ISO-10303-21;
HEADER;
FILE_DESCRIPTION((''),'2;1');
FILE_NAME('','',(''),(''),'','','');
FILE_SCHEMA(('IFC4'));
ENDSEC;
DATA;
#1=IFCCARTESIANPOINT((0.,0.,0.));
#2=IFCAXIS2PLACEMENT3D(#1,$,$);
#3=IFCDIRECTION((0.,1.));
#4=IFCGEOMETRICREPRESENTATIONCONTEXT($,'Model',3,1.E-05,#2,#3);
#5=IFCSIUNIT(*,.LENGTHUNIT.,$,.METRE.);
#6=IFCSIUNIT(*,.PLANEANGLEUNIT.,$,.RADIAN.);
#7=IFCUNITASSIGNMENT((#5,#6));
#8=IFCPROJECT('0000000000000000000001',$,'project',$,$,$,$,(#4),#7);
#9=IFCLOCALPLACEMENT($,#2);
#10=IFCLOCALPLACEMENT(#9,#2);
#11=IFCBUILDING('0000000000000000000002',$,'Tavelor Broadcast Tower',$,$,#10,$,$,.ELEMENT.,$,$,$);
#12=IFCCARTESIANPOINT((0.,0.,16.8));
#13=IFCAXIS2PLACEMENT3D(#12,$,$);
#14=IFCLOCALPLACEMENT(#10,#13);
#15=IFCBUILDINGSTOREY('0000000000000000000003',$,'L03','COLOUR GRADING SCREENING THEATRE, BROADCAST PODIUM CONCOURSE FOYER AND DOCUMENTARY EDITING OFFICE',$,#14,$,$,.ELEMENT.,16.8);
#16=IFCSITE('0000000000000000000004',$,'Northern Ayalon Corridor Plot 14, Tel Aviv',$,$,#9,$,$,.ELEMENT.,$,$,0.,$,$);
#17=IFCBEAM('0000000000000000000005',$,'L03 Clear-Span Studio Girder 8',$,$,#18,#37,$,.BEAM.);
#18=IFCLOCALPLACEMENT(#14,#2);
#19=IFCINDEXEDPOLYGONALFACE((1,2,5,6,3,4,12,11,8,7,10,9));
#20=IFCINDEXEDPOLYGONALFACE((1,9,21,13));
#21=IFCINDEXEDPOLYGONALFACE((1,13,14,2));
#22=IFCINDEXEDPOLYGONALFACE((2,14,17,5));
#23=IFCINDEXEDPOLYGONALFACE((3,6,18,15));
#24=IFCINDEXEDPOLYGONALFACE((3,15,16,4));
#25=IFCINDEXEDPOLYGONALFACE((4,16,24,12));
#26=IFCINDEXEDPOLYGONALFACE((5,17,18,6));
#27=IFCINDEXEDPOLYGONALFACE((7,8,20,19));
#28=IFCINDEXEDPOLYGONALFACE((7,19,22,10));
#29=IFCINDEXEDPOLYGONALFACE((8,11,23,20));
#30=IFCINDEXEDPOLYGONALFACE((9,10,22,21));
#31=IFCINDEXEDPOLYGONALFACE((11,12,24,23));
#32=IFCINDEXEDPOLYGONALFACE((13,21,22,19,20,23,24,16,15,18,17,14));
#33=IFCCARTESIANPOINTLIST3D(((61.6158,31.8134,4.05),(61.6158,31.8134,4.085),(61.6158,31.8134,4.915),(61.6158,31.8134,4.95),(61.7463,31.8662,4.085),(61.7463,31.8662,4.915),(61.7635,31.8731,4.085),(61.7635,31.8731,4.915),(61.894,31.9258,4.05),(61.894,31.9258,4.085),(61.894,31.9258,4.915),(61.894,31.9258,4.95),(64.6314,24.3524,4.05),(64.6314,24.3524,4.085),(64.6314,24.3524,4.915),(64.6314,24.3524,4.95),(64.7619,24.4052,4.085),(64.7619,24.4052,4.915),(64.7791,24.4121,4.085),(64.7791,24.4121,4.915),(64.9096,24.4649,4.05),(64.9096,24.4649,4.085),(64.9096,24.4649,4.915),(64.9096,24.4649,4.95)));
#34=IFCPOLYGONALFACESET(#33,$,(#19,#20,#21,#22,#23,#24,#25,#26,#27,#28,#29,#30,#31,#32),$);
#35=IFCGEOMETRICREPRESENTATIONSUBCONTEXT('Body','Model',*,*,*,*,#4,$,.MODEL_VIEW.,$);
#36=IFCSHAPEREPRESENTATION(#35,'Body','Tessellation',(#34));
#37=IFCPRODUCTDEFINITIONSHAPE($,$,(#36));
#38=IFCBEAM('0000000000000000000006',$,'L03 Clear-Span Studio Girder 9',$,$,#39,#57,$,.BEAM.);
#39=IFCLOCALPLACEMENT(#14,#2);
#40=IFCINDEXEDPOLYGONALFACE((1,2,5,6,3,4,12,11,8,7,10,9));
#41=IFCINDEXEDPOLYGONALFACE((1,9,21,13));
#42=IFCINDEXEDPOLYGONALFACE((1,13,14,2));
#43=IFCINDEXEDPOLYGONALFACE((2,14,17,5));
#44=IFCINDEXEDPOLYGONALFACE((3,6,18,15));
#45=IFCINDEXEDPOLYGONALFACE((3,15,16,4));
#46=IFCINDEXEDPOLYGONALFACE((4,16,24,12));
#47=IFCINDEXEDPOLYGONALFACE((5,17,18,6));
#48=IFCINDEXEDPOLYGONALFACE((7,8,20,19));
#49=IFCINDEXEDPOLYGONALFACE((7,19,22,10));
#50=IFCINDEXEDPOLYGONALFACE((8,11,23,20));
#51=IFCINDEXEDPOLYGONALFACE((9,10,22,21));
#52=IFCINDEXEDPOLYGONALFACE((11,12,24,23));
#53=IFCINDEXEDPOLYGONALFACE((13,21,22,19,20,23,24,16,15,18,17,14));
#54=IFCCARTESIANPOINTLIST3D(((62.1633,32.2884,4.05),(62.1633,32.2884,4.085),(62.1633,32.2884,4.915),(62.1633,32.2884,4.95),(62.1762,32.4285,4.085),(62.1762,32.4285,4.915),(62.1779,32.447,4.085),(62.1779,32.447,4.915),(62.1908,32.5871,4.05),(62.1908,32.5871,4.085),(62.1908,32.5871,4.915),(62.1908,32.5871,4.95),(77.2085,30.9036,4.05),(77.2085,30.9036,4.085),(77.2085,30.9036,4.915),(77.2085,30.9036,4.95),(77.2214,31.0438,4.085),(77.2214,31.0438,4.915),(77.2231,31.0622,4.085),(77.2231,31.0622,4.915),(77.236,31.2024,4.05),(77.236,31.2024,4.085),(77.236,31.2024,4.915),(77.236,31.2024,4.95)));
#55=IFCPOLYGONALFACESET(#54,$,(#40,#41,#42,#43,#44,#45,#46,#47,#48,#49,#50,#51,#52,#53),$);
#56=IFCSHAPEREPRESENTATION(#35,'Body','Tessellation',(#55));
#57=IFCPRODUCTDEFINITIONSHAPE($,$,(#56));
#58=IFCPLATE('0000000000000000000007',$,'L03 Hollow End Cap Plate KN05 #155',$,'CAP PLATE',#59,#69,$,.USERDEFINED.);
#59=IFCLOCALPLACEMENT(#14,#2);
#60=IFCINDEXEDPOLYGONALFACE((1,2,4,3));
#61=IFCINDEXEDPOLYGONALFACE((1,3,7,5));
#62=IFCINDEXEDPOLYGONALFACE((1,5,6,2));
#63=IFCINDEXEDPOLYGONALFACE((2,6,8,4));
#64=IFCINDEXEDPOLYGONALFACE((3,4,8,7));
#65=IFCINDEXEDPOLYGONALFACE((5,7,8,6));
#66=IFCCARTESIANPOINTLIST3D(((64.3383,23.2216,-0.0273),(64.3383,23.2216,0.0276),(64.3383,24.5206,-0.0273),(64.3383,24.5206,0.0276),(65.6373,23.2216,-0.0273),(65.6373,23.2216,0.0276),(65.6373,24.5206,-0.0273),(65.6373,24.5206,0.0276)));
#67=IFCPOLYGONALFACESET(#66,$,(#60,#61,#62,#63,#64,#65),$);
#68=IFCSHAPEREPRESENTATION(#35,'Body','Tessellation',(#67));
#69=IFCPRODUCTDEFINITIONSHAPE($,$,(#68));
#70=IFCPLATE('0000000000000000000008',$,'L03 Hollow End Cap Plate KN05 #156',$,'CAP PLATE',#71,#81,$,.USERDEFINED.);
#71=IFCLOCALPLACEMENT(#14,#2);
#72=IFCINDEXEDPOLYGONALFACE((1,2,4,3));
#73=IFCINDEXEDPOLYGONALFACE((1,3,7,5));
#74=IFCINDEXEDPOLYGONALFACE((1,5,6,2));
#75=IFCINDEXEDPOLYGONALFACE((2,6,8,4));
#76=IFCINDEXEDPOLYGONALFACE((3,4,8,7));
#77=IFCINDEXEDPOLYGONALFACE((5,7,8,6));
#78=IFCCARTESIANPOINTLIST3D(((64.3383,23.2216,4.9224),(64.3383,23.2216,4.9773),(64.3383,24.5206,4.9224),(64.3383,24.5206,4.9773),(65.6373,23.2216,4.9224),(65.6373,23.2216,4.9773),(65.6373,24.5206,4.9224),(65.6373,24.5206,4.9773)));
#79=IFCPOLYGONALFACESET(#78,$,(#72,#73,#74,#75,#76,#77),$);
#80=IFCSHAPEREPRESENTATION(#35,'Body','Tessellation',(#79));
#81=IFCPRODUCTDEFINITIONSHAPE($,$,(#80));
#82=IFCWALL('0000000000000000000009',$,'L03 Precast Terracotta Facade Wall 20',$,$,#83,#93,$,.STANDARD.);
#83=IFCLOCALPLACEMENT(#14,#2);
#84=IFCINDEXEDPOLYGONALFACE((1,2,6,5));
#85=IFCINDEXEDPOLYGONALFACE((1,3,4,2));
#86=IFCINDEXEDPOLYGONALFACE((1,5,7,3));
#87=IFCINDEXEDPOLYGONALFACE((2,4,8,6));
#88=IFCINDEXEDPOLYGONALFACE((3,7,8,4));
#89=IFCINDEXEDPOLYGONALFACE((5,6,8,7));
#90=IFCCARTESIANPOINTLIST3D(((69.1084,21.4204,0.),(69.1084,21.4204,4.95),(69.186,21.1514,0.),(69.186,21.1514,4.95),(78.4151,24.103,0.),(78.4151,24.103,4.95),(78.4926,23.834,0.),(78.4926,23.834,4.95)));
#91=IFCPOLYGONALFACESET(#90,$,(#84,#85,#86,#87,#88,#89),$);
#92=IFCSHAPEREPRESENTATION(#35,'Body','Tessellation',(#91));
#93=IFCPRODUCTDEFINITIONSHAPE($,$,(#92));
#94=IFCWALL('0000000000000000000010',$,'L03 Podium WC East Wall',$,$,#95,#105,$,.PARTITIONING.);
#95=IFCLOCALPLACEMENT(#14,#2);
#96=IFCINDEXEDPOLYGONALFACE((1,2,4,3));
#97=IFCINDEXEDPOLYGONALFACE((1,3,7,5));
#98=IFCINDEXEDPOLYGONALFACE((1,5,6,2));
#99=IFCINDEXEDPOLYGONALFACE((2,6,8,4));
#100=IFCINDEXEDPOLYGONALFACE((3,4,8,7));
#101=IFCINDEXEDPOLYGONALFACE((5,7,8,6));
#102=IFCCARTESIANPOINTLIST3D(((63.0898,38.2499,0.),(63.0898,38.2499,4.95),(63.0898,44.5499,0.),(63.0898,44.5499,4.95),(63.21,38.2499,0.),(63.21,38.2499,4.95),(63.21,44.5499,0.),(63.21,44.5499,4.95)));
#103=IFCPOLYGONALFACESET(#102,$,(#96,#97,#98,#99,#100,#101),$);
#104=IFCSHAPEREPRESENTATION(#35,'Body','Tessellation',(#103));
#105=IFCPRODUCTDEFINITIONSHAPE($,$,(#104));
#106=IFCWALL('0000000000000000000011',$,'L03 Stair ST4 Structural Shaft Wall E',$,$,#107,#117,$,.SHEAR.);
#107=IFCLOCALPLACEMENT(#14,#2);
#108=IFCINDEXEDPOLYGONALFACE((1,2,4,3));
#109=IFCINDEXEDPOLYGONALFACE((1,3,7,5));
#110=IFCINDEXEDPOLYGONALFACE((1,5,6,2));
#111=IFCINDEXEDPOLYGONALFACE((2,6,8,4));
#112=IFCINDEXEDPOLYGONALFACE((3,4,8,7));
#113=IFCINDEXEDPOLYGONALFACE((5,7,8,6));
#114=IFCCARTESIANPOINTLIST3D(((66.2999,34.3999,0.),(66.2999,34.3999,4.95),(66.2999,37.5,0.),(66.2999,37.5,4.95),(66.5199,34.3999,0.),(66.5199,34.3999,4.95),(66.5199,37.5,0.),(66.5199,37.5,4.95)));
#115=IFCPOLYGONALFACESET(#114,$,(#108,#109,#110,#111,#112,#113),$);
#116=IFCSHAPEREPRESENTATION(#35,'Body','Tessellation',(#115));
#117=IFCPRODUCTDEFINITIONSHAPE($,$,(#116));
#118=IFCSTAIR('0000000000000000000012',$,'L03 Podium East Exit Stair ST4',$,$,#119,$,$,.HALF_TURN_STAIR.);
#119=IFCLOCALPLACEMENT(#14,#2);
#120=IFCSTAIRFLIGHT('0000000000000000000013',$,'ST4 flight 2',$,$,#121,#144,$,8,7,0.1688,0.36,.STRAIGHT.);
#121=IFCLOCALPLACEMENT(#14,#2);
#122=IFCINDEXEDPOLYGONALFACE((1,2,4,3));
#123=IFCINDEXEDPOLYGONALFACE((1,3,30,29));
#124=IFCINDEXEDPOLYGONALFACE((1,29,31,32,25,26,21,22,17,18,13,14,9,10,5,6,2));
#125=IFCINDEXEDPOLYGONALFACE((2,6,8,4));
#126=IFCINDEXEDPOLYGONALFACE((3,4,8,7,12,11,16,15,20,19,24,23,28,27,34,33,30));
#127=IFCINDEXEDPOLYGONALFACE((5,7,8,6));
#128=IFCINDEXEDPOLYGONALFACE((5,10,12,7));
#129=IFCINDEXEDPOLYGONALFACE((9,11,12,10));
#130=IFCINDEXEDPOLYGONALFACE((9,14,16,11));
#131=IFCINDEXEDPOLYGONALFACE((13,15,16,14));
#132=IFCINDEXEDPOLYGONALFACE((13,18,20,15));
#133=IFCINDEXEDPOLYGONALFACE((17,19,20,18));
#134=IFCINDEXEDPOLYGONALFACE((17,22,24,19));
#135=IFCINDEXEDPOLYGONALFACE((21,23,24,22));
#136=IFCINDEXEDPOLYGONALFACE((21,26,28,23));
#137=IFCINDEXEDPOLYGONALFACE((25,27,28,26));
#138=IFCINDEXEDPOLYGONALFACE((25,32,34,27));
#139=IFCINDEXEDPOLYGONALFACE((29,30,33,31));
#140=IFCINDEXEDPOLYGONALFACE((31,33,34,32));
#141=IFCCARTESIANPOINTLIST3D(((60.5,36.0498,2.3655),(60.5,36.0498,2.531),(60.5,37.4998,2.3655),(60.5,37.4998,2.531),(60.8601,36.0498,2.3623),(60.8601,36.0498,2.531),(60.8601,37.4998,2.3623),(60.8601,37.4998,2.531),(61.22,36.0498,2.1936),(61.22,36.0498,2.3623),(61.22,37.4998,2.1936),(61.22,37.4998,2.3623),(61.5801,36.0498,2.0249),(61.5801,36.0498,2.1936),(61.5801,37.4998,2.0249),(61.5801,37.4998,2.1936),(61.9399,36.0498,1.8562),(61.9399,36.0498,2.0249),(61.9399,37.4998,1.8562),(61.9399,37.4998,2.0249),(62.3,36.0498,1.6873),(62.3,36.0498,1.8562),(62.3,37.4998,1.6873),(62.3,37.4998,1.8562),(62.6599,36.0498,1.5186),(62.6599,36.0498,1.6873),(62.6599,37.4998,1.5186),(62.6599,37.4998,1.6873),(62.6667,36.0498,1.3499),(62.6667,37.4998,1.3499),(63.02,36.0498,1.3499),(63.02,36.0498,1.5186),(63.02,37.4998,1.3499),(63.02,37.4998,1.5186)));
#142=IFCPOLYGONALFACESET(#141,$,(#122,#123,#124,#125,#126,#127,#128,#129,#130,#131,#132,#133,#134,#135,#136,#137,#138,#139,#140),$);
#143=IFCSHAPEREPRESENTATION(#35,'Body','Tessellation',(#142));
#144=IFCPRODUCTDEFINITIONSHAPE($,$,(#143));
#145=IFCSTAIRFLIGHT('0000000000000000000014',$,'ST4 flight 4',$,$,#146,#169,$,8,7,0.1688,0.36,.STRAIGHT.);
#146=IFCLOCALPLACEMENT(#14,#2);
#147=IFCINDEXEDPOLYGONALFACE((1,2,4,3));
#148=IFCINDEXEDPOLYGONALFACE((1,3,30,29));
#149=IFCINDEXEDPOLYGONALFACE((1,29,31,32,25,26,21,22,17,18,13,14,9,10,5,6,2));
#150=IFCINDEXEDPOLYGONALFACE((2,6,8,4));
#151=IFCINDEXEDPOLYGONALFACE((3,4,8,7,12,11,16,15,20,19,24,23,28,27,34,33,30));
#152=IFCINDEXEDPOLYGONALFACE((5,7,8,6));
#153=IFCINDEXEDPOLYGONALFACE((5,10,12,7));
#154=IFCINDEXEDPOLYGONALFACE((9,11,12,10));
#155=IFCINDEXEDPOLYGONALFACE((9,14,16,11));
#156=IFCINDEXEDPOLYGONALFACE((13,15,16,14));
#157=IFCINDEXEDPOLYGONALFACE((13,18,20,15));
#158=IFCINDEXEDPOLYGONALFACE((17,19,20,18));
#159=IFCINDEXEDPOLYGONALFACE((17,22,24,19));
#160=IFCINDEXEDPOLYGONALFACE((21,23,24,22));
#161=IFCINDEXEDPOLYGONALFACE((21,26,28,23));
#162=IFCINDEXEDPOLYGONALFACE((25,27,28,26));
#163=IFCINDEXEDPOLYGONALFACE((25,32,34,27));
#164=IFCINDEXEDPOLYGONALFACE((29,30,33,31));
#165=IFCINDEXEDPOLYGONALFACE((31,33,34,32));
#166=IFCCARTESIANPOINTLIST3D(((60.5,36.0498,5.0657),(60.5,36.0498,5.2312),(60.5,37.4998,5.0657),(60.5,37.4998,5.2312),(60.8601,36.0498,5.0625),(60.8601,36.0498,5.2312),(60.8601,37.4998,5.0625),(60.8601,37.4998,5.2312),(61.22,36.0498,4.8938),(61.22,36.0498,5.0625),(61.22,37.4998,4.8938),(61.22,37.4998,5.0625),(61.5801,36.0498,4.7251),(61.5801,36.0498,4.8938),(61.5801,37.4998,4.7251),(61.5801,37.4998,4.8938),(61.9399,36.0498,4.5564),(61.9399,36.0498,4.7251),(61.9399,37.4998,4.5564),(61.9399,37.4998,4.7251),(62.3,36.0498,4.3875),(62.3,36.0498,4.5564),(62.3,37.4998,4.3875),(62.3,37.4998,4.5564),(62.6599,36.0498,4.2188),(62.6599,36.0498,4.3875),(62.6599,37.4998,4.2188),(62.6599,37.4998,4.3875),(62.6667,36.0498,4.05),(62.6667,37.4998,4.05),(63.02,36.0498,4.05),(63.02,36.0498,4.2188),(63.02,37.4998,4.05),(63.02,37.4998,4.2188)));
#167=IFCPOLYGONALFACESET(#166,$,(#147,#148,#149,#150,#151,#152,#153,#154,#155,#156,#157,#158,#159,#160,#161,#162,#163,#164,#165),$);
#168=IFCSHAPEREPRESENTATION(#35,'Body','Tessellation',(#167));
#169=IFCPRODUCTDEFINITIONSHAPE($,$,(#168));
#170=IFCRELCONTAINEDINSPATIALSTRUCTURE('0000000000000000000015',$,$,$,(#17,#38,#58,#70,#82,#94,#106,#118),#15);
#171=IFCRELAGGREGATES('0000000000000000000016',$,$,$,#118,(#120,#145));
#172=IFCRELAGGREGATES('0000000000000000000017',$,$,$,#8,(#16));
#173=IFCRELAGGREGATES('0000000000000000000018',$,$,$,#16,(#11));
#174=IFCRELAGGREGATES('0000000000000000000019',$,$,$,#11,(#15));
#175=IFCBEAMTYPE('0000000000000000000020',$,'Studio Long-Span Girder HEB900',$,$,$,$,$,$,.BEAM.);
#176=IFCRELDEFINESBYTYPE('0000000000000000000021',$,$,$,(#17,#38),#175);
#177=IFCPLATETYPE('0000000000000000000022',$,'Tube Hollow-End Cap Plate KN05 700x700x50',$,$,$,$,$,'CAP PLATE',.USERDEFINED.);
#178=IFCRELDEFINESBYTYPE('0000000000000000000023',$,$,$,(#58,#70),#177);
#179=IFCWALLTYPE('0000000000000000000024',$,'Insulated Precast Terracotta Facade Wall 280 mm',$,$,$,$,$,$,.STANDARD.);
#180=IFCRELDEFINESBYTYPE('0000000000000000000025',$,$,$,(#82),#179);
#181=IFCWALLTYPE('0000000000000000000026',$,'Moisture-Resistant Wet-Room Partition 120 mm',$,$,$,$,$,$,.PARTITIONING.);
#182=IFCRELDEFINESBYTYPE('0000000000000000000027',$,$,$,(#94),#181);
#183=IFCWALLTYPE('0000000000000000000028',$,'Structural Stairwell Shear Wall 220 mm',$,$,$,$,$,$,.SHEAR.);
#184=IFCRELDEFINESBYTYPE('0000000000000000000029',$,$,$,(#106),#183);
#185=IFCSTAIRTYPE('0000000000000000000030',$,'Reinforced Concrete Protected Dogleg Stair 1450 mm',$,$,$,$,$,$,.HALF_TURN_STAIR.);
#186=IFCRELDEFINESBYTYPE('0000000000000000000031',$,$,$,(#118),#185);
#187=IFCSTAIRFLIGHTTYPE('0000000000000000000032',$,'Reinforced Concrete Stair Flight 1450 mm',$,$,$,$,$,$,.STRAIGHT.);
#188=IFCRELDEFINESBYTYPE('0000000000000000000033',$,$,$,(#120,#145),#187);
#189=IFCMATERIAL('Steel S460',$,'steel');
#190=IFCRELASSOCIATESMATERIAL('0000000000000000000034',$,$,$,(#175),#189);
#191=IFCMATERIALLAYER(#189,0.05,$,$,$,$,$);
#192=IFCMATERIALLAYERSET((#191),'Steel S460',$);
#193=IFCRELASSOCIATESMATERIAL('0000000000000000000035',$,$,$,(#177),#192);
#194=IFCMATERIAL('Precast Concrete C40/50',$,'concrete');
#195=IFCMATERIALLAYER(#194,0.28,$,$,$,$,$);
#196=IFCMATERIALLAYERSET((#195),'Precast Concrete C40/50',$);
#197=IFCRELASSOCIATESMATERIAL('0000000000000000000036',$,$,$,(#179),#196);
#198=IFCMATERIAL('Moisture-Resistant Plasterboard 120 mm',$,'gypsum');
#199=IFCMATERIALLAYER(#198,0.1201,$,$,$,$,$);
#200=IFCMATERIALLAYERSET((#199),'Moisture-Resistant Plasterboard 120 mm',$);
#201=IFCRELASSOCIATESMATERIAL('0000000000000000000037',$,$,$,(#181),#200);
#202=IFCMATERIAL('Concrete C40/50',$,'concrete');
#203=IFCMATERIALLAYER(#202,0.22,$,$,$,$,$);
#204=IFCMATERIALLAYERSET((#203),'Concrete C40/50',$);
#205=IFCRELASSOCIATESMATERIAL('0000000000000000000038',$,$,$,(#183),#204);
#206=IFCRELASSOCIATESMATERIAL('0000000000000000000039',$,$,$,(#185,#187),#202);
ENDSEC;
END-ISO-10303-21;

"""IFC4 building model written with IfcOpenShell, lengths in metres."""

from ifc_helpers import new_model, si_unit, direction, frame, frame_2d, origin, origin_2d, place, context, subcontext, project, spatial, polyline, rectangle, i_section, outline, extrude, source, transform, mapped, material, layer, layer_set, material_profile, profile_set, type_object, type_shapes, element, aggregate, save


model = new_model("IFC4")

# Units and contexts
model_context = context("Model", 3, precision=1e-05, world=origin(), true_north=direction((0.0, 1.0)))
body_context = subcontext(model_context, "Body", "Model", "MODEL_VIEW")
ifc_project = project(units=[si_unit("LENGTHUNIT", "METRE"), si_unit("PLANEANGLEUNIT", "RADIAN")], contexts=[model_context])

# Site, building, storey
site_placement = place(None, origin())
site = spatial("IfcSite", under=ifc_project, at=site_placement, Name="Northern Ayalon Corridor Plot 14, Tel Aviv", CompositionType="ELEMENT", RefElevation=0.0)
building_placement = place(site_placement, origin())
building = spatial("IfcBuilding", under=site, at=building_placement, Name="Tavelor Broadcast Tower", CompositionType="ELEMENT")
storey_placement = place(building_placement, frame((0.0, 0.0, 16.8)))
storey = spatial("IfcBuildingStorey", under=building, at=storey_placement, Name="L03", Description="COLOUR GRADING SCREENING THEATRE, BROADCAST PODIUM CONCOURSE FOYER AND DOCUMENTARY EDITING OFFICE", CompositionType="ELEMENT", Elevation=16.8)

# Shared definitions
ifc_material_1 = material(Name="Steel S460", Category="steel")

# Beams
ifc_material_profile_1 = material_profile(ifc_material_1, i_section(OverallWidth=0.3, OverallDepth=0.8999, WebThickness=0.0186, FlangeThickness=0.0349, at=origin_2d()), Name="HEB 900")
ifc_profile_set_1 = profile_set([ifc_material_profile_1], Name="Steel S460")
beam_type_1 = type_object("IfcBeamType", Name="Studio Long-Span Girder HEB900", PredefinedType="BEAM", material=ifc_profile_set_1)
beam_1_placement = place(storey_placement, frame((61.7549, 31.8696, 4.5), z_axis=(0.374736, -0.927132, 0.0), x_axis=(0.927132, 0.374736, 0.0)))
element("IfcBeam", 1, at=beam_1_placement, inside=storey, type_object=beam_type_1, Name="L03 Clear-Span Studio Girder 8", PredefinedType="BEAM", context=body_context, shape_type="SweptSolid", body=[
    extrude(i_section(OverallWidth=0.3, OverallDepth=0.8999, WebThickness=0.0186, FlangeThickness=0.0349, at=origin_2d()), origin(), (0.0, 0.0, 1.0), 8.0474),
])
beam_2_placement = place(storey_placement, frame((62.177, 32.4377, 4.5), z_axis=(0.995791, -0.091652, 0.0), x_axis=(0.091652, 0.995791, 0.0)))
element("IfcBeam", 2, at=beam_2_placement, inside=storey, type_object=beam_type_1, Name="L03 Clear-Span Studio Girder 9", PredefinedType="BEAM", context=body_context, shape_type="SweptSolid", body=[
    extrude(i_section(OverallWidth=0.3, OverallDepth=0.8999, WebThickness=0.0186, FlangeThickness=0.0349, at=origin_2d()), origin(), (0.0, 0.0, 1.0), 15.1089),
])

# Plates
ifc_layer_1 = layer(ifc_material_1, 0.05)
ifc_layer_set_1 = layer_set([ifc_layer_1], Name="Steel S460")
plate_type = type_object("IfcPlateType", Name="Tube Hollow-End Cap Plate KN05 700x700x50", ElementType="CAP PLATE", PredefinedType="USERDEFINED", material=ifc_layer_set_1)
shared_shape = source(origin(), body_context, "Body", "SweptSolid", [
    extrude(rectangle(XDim=1.2991, YDim=1.2991, at=origin_2d()), origin(), (0.0, 0.0, 1.0), 0.0549),
])
type_shapes(plate_type, [shared_shape])
for number, where, z_axis, x_axis, name in (
    (3, (64.9878, 23.8711, -0.0273), (0.0, 0.0, 1.0), (1.0, 0.0, 0.0), "L03 Hollow End Cap Plate KN05 #155"),
    (4, (64.9878, 23.8711, 4.9224), (0.0, 0.0, 1.0), (1.0, 0.0, 0.0), "L03 Hollow End Cap Plate KN05 #156"),
):
    element("IfcPlate", number, at=place(storey_placement, frame(where, z_axis=z_axis, x_axis=x_axis)), inside=storey, type_object=plate_type, Name=name, ObjectType="CAP PLATE", PredefinedType="USERDEFINED", context=body_context, shape_type="MappedRepresentation", body=[
        mapped(shared_shape, transform((0.0, 0.0, 0.0), scale=1.0)),
    ])

# Walls
ifc_material_2 = material(Name="Precast Concrete C40/50", Category="concrete")
ifc_layer_2 = layer(ifc_material_2, 0.28)
ifc_layer_set_2 = layer_set([ifc_layer_2], Name="Precast Concrete C40/50")
wall_type_1 = type_object("IfcWallType", Name="Insulated Precast Terracotta Facade Wall 280 mm", PredefinedType="STANDARD", material=ifc_layer_set_2)
wall_1_placement = place(storey_placement, frame((69.1472, 21.2859, 0.0), z_axis=(0.0, 0.0, 1.0), x_axis=(0.960878, 0.276971, 0.0)))
element("IfcWall", 5, at=wall_1_placement, inside=storey, type_object=wall_type_1, Name="L03 Precast Terracotta Facade Wall 20", PredefinedType="STANDARD", context=body_context, shape_type="SweptSolid", body=[
    extrude(rectangle(XDim=9.6855, YDim=0.28, at=frame_2d((4.8428, 0.0))), origin(), (0.0, 0.0, 1.0), 4.95),
])
ifc_material_3 = material(Name="Moisture-Resistant Plasterboard 120 mm", Category="gypsum")
ifc_layer_3 = layer(ifc_material_3, 0.1201)
ifc_layer_set_3 = layer_set([ifc_layer_3], Name="Moisture-Resistant Plasterboard 120 mm")
wall_type_2 = type_object("IfcWallType", Name="Moisture-Resistant Wet-Room Partition 120 mm", PredefinedType="PARTITIONING", material=ifc_layer_set_3)
wall_2_placement = place(storey_placement, frame((63.1499, 38.25, 0.0), z_axis=(0.0, 0.0, 1.0), x_axis=(0.0, 1.0, 0.0)))
element("IfcWall", 6, at=wall_2_placement, inside=storey, type_object=wall_type_2, Name="L03 Podium WC East Wall", PredefinedType="PARTITIONING", context=body_context, shape_type="SweptSolid", body=[
    extrude(rectangle(XDim=6.3, YDim=0.1201, at=frame_2d((3.1499, 0.0))), origin(), (0.0, 0.0, 1.0), 4.95),
])
ifc_material_4 = material(Name="Concrete C40/50", Category="concrete")
ifc_layer_4 = layer(ifc_material_4, 0.22)
ifc_layer_set_4 = layer_set([ifc_layer_4], Name="Concrete C40/50")
wall_type_3 = type_object("IfcWallType", Name="Structural Stairwell Shear Wall 220 mm", PredefinedType="SHEAR", material=ifc_layer_set_4)
wall_3_placement = place(storey_placement, frame((66.4099, 34.3999, 0.0), z_axis=(0.0, 0.0, 1.0), x_axis=(0.0, 1.0, 0.0)))
element("IfcWall", 7, at=wall_3_placement, inside=storey, type_object=wall_type_3, Name="L03 Stair ST4 Structural Shaft Wall E", PredefinedType="SHEAR", context=body_context, shape_type="SweptSolid", body=[
    extrude(rectangle(XDim=3.1001, YDim=0.22, at=frame_2d((1.55, 0.0))), origin(), (0.0, 0.0, 1.0), 4.95),
])

# Stair, stair flights
stair_type = type_object("IfcStairType", Name="Reinforced Concrete Protected Dogleg Stair 1450 mm", PredefinedType="HALF_TURN_STAIR", material=ifc_material_4)
stair_placement = place(storey_placement, origin())
stair = element("IfcStair", 8, at=stair_placement, inside=storey, type_object=stair_type, Name="L03 Podium East Exit Stair ST4", PredefinedType="HALF_TURN_STAIR")
stair_flight_type = type_object("IfcStairFlightType", Name="Reinforced Concrete Stair Flight 1450 mm", PredefinedType="STRAIGHT", material=ifc_material_4)
stair_flight_1_placement = place(storey_placement, frame((63.02, 36.7749, 1.3499), z_axis=(0.0, 0.0, 1.0), x_axis=(-1.0, 0.0, 0.0)))
stair_flight_1 = element("IfcStairFlight", 9, at=stair_flight_1_placement, type_object=stair_flight_type, Name="ST4 flight 2", NumberOfRisers=8, NumberOfTreads=7, PredefinedType="STRAIGHT", RiserHeight=0.1688, TreadLength=0.36, context=body_context, shape_type="SweptSolid", body=[
    extrude(outline(polyline([(0.0, 0.0), (0.0, 0.1687), (0.3601, 0.1687), (0.3601, 0.3374), (0.72, 0.3374), (0.72, 0.5063), (1.0801, 0.5063), (1.0801, 0.675), (1.4399, 0.675), (1.4399, 0.8438), (1.8, 0.8438), (1.8, 1.0125), (2.1599, 1.0125), (2.1599, 1.1812), (2.52, 1.1812), (2.52, 1.3501), (2.52, 1.0156), (0.3533, 0.0), (0.0, 0.0)])), frame((0.0, 0.7251, 0.0), z_axis=(0.0, -1.0, 0.0), x_axis=(1.0, 0.0, 0.0)), (0.0, 0.0, 1.0), 1.45),
])
stair_flight_2_placement = place(storey_placement, frame((63.02, 36.7749, 4.05), z_axis=(0.0, 0.0, 1.0), x_axis=(-1.0, 0.0, 0.0)))
stair_flight_2 = element("IfcStairFlight", 10, at=stair_flight_2_placement, type_object=stair_flight_type, Name="ST4 flight 4", NumberOfRisers=8, NumberOfTreads=7, PredefinedType="STRAIGHT", RiserHeight=0.1688, TreadLength=0.36, context=body_context, shape_type="SweptSolid", body=[
    extrude(outline(polyline([(0.0, 0.0), (0.0, 0.1687), (0.3601, 0.1687), (0.3601, 0.3374), (0.72, 0.3374), (0.72, 0.5063), (1.0801, 0.5063), (1.0801, 0.675), (1.4399, 0.675), (1.4399, 0.8438), (1.8, 0.8438), (1.8, 1.0125), (2.1599, 1.0125), (2.1599, 1.1812), (2.52, 1.1812), (2.52, 1.3501), (2.52, 1.0156), (0.3533, 0.0), (0.0, 0.0)])), frame((0.0, 0.7251, 0.0), z_axis=(0.0, -1.0, 0.0), x_axis=(1.0, 0.0, 0.0)), (0.0, 0.0, 1.0), 1.45),
])
aggregate(stair, [stair_flight_1, stair_flight_2])

save(model, "model.ifc")
